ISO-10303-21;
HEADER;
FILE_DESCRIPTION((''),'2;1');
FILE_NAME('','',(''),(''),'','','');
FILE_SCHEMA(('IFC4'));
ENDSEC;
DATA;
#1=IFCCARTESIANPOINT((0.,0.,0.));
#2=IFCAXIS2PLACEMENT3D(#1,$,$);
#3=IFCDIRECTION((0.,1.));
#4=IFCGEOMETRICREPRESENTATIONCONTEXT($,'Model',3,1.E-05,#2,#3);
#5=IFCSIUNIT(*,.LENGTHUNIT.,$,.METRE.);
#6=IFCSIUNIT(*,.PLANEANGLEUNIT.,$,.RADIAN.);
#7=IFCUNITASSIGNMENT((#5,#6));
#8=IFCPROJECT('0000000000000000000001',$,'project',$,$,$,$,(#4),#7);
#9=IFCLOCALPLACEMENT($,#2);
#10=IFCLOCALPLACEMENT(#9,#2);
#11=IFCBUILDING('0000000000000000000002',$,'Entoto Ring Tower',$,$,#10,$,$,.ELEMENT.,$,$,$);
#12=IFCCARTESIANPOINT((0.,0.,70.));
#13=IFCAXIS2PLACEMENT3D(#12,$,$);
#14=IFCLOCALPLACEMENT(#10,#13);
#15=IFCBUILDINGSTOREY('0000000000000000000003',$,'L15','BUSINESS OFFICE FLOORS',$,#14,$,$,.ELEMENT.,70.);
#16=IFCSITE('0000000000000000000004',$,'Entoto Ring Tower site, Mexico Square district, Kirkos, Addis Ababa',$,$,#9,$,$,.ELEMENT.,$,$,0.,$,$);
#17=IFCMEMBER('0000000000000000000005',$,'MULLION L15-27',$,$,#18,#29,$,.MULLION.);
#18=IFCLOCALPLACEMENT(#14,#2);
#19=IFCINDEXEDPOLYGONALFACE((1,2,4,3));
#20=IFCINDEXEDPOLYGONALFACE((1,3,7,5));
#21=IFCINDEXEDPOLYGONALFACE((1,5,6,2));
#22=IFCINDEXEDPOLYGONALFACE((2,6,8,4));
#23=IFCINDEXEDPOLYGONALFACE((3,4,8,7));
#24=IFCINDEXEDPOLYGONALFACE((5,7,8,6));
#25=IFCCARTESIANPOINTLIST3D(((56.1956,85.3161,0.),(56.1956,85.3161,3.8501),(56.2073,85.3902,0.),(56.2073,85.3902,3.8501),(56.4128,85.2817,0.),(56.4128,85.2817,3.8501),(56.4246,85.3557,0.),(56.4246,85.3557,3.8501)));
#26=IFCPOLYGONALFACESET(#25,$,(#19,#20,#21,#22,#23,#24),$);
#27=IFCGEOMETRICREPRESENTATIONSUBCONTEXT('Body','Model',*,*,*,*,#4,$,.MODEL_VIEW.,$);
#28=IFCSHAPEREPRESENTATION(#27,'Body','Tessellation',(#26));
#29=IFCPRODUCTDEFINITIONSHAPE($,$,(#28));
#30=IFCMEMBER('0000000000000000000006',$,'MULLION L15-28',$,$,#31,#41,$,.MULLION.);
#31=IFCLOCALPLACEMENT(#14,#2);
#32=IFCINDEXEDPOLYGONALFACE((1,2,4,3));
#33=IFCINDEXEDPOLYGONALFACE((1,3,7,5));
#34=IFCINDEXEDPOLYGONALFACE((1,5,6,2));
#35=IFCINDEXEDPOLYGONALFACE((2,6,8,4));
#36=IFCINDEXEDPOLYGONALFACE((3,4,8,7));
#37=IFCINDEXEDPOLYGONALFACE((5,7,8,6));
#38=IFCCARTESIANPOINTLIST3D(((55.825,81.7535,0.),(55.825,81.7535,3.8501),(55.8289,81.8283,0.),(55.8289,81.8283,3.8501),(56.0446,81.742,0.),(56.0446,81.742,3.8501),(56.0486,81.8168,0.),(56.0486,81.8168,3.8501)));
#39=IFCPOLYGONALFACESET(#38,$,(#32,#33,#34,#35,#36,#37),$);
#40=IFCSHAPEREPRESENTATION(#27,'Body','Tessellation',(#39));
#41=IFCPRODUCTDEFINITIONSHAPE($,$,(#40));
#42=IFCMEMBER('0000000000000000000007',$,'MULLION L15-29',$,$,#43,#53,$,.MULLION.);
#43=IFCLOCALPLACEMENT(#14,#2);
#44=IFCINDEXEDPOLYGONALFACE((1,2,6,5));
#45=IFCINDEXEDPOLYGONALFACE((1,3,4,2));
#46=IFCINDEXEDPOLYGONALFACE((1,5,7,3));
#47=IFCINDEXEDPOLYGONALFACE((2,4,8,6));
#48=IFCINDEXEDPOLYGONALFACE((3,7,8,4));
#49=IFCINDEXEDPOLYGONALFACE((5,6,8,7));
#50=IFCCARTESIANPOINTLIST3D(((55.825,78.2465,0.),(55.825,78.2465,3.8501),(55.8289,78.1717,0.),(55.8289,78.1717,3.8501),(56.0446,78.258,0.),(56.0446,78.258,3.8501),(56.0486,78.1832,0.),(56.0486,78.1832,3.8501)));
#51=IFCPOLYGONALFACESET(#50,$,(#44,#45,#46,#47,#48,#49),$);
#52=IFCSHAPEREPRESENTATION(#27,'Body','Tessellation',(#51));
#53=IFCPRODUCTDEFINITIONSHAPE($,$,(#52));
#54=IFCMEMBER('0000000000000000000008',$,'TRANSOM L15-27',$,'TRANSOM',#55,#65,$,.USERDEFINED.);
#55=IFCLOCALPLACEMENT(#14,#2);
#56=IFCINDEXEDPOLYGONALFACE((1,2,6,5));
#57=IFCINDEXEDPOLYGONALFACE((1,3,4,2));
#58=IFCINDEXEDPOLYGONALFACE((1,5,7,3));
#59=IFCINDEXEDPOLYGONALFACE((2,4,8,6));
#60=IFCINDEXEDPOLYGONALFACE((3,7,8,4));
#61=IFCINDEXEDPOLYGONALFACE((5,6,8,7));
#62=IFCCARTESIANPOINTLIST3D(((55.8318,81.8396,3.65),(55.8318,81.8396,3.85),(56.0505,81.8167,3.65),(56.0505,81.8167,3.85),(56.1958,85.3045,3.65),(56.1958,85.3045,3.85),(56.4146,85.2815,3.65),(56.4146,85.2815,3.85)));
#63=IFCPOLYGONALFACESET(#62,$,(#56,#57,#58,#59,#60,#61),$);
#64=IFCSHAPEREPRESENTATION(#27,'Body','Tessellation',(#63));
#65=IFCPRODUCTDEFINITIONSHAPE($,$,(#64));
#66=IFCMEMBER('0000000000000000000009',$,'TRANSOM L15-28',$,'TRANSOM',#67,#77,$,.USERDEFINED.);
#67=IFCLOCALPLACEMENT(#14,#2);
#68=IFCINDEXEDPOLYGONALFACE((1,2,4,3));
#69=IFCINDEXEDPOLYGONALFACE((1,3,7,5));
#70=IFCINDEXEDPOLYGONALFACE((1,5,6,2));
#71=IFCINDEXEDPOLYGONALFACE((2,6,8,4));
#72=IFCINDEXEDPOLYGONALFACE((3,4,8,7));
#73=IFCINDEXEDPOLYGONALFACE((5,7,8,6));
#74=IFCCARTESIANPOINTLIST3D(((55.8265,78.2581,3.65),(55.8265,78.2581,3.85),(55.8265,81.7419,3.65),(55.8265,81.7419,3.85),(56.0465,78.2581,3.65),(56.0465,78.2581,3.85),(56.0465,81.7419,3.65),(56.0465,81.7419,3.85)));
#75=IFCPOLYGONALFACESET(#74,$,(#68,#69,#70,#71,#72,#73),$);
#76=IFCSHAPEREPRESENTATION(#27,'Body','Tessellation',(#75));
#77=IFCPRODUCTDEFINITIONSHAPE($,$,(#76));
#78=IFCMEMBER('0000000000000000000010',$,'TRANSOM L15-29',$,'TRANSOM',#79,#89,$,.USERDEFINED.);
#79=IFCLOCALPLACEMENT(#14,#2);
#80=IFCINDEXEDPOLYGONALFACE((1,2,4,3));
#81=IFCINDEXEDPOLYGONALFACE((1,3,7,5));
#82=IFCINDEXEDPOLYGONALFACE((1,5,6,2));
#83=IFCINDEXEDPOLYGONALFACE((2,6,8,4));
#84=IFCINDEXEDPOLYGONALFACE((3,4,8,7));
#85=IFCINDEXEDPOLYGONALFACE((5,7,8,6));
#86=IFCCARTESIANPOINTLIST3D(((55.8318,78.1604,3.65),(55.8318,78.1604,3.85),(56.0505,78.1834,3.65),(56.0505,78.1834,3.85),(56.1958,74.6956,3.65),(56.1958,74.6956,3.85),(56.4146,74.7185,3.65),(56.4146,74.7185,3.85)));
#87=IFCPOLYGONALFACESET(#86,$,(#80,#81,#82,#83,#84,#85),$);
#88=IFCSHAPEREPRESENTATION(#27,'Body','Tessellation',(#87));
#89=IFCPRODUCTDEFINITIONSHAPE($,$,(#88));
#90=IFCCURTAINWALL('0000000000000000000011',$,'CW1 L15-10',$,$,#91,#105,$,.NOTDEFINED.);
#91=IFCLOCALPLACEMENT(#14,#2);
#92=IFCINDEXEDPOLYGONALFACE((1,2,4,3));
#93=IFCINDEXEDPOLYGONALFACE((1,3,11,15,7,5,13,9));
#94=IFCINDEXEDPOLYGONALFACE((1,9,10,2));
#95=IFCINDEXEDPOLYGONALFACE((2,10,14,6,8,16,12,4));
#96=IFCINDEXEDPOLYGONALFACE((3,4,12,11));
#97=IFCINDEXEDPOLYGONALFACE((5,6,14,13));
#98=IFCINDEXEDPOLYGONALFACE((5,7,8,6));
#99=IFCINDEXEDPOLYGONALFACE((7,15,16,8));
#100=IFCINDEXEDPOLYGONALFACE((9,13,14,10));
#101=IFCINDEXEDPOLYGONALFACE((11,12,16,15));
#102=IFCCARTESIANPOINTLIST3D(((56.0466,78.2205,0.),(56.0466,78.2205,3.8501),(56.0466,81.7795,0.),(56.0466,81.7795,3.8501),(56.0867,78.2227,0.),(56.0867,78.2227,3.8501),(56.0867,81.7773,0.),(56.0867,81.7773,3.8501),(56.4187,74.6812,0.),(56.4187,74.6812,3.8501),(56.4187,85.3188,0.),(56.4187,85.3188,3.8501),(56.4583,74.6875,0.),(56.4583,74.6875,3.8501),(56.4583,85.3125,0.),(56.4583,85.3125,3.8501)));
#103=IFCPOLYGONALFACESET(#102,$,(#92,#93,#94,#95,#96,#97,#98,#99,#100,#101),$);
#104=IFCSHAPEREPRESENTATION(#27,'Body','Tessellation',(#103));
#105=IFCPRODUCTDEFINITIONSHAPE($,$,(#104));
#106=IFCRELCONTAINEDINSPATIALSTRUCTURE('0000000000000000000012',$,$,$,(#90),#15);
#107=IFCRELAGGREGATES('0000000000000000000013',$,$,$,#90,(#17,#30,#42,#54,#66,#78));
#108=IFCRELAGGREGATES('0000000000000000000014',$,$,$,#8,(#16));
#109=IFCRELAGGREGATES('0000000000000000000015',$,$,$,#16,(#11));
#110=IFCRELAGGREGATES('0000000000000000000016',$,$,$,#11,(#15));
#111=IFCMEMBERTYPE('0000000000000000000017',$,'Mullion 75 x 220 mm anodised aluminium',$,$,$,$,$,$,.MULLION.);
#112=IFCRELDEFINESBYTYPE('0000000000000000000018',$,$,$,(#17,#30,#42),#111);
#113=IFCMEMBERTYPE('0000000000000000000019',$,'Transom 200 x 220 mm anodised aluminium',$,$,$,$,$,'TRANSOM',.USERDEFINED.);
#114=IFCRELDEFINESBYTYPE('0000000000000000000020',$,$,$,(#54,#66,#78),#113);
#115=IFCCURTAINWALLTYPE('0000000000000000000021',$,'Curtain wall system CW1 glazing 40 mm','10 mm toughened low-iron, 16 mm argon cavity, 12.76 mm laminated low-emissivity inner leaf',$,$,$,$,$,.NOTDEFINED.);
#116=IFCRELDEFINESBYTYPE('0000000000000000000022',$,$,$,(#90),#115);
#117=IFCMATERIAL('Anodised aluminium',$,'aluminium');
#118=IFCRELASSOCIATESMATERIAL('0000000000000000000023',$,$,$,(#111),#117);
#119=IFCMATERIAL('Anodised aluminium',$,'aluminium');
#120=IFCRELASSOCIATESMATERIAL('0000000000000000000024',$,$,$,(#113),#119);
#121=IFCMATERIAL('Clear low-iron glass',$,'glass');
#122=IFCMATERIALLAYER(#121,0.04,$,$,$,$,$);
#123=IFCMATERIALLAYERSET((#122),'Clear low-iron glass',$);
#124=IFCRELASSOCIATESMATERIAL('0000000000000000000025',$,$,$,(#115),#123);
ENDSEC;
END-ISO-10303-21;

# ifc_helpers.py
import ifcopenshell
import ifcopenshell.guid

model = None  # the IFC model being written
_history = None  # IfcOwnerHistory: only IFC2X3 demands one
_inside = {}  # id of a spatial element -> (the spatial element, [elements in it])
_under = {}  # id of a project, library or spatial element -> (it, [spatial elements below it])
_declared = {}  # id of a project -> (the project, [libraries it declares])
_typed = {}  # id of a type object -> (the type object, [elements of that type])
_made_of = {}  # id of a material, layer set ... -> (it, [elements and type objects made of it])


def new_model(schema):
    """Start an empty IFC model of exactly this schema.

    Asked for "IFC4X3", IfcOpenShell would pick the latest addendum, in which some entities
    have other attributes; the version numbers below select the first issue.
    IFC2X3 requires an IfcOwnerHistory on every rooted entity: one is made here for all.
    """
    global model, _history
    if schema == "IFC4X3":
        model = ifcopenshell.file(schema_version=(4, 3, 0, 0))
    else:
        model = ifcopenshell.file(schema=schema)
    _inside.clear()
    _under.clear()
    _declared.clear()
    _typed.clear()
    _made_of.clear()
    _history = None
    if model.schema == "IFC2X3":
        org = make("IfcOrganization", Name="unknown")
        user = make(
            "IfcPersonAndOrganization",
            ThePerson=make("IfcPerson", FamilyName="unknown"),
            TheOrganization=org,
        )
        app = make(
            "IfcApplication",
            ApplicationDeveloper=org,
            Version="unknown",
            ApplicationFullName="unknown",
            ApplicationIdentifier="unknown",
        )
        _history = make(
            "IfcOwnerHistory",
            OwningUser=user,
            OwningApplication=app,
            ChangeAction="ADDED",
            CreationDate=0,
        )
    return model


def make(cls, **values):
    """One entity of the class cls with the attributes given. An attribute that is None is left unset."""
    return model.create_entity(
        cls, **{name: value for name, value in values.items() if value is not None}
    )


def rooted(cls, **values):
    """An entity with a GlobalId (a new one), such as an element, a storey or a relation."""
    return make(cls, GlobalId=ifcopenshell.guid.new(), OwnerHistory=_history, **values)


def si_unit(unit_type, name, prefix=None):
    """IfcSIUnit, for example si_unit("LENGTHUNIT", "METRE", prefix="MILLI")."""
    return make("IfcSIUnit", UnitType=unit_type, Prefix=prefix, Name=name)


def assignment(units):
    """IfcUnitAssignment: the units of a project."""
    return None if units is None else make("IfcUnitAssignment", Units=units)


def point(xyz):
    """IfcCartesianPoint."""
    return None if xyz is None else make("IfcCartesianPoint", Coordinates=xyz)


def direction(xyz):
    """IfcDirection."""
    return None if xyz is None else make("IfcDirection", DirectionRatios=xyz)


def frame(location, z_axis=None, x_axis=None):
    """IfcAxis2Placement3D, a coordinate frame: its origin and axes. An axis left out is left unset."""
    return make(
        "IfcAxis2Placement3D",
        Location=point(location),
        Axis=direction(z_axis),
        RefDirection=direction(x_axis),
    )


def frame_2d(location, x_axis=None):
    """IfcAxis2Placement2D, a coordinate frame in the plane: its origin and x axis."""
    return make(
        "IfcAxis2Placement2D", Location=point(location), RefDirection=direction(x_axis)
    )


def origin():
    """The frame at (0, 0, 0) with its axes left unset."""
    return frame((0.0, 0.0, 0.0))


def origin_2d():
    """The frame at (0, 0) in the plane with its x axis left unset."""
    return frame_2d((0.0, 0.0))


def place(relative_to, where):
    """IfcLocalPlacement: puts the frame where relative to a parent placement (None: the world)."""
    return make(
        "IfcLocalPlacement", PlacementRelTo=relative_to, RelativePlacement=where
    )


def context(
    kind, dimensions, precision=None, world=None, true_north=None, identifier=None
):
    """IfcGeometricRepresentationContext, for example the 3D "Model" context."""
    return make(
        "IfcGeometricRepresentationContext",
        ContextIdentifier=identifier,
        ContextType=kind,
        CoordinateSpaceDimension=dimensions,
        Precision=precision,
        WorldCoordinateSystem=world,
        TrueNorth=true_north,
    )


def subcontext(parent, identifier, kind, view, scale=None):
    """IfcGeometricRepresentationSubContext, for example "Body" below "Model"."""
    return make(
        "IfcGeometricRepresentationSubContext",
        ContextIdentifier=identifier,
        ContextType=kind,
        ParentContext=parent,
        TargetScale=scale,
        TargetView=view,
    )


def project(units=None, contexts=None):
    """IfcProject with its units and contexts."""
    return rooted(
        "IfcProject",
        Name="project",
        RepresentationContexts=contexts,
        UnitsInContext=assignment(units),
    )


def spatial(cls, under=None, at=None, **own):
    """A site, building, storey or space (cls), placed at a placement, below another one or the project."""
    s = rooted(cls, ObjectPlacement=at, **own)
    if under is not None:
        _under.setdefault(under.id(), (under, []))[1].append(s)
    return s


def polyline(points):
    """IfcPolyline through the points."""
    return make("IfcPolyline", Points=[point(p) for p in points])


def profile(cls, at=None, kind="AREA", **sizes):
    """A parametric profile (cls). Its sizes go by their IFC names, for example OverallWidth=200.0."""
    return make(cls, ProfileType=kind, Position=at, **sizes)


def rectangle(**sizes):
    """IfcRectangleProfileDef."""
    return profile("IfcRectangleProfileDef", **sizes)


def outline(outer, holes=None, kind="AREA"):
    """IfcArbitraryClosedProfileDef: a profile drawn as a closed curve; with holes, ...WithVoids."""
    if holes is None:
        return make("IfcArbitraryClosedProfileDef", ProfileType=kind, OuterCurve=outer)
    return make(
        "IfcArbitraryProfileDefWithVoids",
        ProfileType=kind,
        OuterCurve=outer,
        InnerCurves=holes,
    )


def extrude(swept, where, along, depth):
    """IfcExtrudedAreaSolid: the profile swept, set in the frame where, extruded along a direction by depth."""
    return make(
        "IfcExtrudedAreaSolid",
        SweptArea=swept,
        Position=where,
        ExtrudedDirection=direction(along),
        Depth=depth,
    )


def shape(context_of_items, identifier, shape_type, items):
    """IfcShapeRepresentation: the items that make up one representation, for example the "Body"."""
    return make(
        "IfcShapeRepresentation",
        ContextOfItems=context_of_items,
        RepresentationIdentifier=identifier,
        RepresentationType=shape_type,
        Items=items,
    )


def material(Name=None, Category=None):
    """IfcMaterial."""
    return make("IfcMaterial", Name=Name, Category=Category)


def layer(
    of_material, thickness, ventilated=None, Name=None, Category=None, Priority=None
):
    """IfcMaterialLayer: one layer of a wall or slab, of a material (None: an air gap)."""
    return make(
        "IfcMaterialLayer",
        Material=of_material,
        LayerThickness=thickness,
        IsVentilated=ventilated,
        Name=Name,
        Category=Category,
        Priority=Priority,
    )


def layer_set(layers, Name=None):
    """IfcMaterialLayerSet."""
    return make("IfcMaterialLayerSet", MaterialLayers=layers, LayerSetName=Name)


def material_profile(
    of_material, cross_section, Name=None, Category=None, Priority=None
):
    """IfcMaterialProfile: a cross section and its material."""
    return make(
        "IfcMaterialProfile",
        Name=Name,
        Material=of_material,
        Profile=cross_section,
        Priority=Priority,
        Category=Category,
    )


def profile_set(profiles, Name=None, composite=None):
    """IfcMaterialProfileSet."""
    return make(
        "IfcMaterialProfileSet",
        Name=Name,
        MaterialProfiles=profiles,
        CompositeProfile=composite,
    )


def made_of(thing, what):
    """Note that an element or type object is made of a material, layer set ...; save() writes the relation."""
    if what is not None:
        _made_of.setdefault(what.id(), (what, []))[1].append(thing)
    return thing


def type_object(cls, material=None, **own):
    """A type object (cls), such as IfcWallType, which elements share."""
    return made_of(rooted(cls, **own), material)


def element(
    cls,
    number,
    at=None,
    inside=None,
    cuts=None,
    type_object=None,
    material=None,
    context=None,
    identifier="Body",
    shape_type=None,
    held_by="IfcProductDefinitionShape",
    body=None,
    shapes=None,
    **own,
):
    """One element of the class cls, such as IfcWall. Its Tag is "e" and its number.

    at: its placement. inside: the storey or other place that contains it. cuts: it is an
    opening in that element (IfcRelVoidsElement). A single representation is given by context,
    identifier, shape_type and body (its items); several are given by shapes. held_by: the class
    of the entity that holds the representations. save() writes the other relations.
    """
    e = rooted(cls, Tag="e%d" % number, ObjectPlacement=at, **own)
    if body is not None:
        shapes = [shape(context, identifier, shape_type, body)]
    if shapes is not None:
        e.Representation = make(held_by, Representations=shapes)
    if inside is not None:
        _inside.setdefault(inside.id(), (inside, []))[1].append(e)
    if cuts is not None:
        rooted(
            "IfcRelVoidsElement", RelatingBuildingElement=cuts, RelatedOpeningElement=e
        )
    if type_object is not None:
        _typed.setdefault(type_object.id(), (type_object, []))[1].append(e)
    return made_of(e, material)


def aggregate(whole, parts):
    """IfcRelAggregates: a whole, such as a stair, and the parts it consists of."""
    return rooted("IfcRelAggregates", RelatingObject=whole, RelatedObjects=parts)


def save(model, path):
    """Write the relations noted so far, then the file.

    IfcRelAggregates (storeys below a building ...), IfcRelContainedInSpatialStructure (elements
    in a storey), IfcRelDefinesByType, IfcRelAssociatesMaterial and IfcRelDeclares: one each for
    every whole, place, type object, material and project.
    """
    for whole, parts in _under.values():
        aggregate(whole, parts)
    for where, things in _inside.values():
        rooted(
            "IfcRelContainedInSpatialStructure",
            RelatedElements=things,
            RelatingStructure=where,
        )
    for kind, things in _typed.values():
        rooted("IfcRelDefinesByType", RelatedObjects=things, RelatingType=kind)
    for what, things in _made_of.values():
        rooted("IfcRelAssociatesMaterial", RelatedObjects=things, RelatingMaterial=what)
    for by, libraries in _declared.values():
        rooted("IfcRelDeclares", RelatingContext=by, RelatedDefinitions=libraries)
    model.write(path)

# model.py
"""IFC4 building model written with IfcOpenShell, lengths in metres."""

from ifc_helpers import new_model, si_unit, direction, frame, origin, origin_2d, place, context, subcontext, project, spatial, polyline, rectangle, outline, extrude, material, layer, layer_set, material_profile, profile_set, type_object, element, aggregate, save


model = new_model("IFC4")

# Units and contexts
model_context = context("Model", 3, precision=1e-05, world=origin(), true_north=direction((0.0, 1.0)))
body_context = subcontext(model_context, "Body", "Model", "MODEL_VIEW")
ifc_project = project(units=[si_unit("LENGTHUNIT", "METRE"), si_unit("PLANEANGLEUNIT", "RADIAN")], contexts=[model_context])

# Members
ifc_material_1 = material(Name="Anodised aluminium", Category="aluminium")
ifc_material_profile_1 = material_profile(ifc_material_1, rectangle(XDim=0.075, YDim=0.22, at=origin_2d()), Name="Mullion 75 x 220 mm anodised aluminium")
ifc_profile_set_1 = profile_set([ifc_material_profile_1], Name="Anodised aluminium")
member_type_1 = type_object("IfcMemberType", Name="Mullion 75 x 220 mm anodised aluminium", PredefinedType="MULLION", material=ifc_profile_set_1)
site_placement = place(None, origin())
building_placement = place(site_placement, origin())
storey_placement = place(building_placement, frame((0.0, 0.0, 70.0)))
member_1_placement = place(storey_placement, frame((56.3101, 85.3359, 0.0), z_axis=(0.0, 0.0, 1.0), x_axis=(-0.156434, -0.987688, 0.0)))
member_1 = element("IfcMember", 1, at=member_1_placement, type_object=member_type_1, Name="MULLION L15-27", PredefinedType="MULLION", context=body_context, shape_type="SweptSolid", body=[
    extrude(rectangle(XDim=0.075, YDim=0.22, at=origin_2d()), origin(), (0.0, 0.0, 1.0), 3.8501),
])
member_2_placement = place(storey_placement, frame((55.9368, 81.7852, 0.0), z_axis=(0.0, 0.0, 1.0), x_axis=(-0.052336, -0.99863, 0.0)))
member_2 = element("IfcMember", 2, at=member_2_placement, type_object=member_type_1, Name="MULLION L15-28", PredefinedType="MULLION", context=body_context, shape_type="SweptSolid", body=[
    extrude(rectangle(XDim=0.075, YDim=0.22, at=origin_2d()), origin(), (0.0, 0.0, 1.0), 3.8501),
])
member_3_placement = place(storey_placement, frame((55.9368, 78.2148, 0.0), z_axis=(0.0, 0.0, 1.0), x_axis=(0.052336, -0.99863, 0.0)))
member_3 = element("IfcMember", 3, at=member_3_placement, type_object=member_type_1, Name="MULLION L15-29", PredefinedType="MULLION", context=body_context, shape_type="SweptSolid", body=[
    extrude(rectangle(XDim=0.075, YDim=0.22, at=origin_2d()), origin(), (0.0, 0.0, 1.0), 3.8501),
])
ifc_material_2 = material(Name="Anodised aluminium", Category="aluminium")
ifc_material_profile_2 = material_profile(ifc_material_2, rectangle(XDim=0.22, YDim=0.2, at=origin_2d()), Name="Transom 200 x 220 mm anodised aluminium")
ifc_profile_set_2 = profile_set([ifc_material_profile_2], Name="Anodised aluminium")
member_type_2 = type_object("IfcMemberType", Name="Transom 200 x 220 mm anodised aluminium", ElementType="TRANSOM", PredefinedType="USERDEFINED", material=ifc_profile_set_2)
member_4_placement = place(storey_placement, frame((56.3052, 85.293, 3.75), z_axis=(-0.104484, -0.994527, 0.0), x_axis=(0.994527, -0.104484, 0.0)))
member_4 = element("IfcMember", 4, at=member_4_placement, type_object=member_type_2, Name="TRANSOM L15-27", ObjectType="TRANSOM", PredefinedType="USERDEFINED", context=body_context, shape_type="SweptSolid", body=[
    extrude(rectangle(XDim=0.22, YDim=0.2, at=origin_2d()), origin(), (0.0, 0.0, 1.0), 3.4839),
])
member_5_placement = place(storey_placement, frame((55.9365, 81.7419, 3.75), z_axis=(0.0, -1.0, 0.0), x_axis=(1.0, 0.0, 0.0)))
member_5 = element("IfcMember", 5, at=member_5_placement, type_object=member_type_2, Name="TRANSOM L15-28", ObjectType="TRANSOM", PredefinedType="USERDEFINED", context=body_context, shape_type="SweptSolid", body=[
    extrude(rectangle(XDim=0.22, YDim=0.2, at=origin_2d()), origin(), (0.0, 0.0, 1.0), 3.4839),
])
member_6_placement = place(storey_placement, frame((55.9412, 78.1719, 3.75), z_axis=(0.104484, -0.994527, 0.0), x_axis=(0.994527, 0.104484, 0.0)))
member_6 = element("IfcMember", 6, at=member_6_placement, type_object=member_type_2, Name="TRANSOM L15-29", ObjectType="TRANSOM", PredefinedType="USERDEFINED", context=body_context, shape_type="SweptSolid", body=[
    extrude(rectangle(XDim=0.22, YDim=0.2, at=origin_2d()), origin(), (0.0, 0.0, 1.0), 3.4839),
])

# Site, building, storey
site = spatial("IfcSite", under=ifc_project, at=site_placement, Name="Entoto Ring Tower site, Mexico Square district, Kirkos, Addis Ababa", CompositionType="ELEMENT", RefElevation=0.0)
building = spatial("IfcBuilding", under=site, at=building_placement, Name="Entoto Ring Tower", CompositionType="ELEMENT")
storey = spatial("IfcBuildingStorey", under=building, at=storey_placement, Name="L15", Description="BUSINESS OFFICE FLOORS", CompositionType="ELEMENT", Elevation=70.0)

# Curtain wall
ifc_material_3 = material(Name="Clear low-iron glass", Category="glass")
ifc_layer = layer(ifc_material_3, 0.04)
ifc_layer_set = layer_set([ifc_layer], Name="Clear low-iron glass")
curtain_wall_type = type_object("IfcCurtainWallType", Name="Curtain wall system CW1 glazing 40 mm", Description="10 mm toughened low-iron, 16 mm argon cavity, 12.76 mm laminated low-emissivity inner leaf", PredefinedType="NOTDEFINED", material=ifc_layer_set)
curtain_wall_1_placement = place(storey_placement, origin())
curtain_wall_1 = element("IfcCurtainWall", 7, at=curtain_wall_1_placement, inside=storey, type_object=curtain_wall_type, Name="CW1 L15-10", PredefinedType="NOTDEFINED", context=body_context, shape_type="SweptSolid", body=[
    extrude(outline(polyline([(56.4187, 85.3188), (56.0466, 81.7795), (56.0466, 78.2205), (56.4187, 74.6812), (56.4583, 74.6875), (56.0867, 78.2227), (56.0867, 81.7773), (56.4583, 85.3125), (56.4187, 85.3188)])), origin(), (0.0, 0.0, 1.0), 3.8501),
])
aggregate(curtain_wall_1, [member_1, member_2, member_3, member_4, member_5, member_6])

save(model, "model.ifc")
